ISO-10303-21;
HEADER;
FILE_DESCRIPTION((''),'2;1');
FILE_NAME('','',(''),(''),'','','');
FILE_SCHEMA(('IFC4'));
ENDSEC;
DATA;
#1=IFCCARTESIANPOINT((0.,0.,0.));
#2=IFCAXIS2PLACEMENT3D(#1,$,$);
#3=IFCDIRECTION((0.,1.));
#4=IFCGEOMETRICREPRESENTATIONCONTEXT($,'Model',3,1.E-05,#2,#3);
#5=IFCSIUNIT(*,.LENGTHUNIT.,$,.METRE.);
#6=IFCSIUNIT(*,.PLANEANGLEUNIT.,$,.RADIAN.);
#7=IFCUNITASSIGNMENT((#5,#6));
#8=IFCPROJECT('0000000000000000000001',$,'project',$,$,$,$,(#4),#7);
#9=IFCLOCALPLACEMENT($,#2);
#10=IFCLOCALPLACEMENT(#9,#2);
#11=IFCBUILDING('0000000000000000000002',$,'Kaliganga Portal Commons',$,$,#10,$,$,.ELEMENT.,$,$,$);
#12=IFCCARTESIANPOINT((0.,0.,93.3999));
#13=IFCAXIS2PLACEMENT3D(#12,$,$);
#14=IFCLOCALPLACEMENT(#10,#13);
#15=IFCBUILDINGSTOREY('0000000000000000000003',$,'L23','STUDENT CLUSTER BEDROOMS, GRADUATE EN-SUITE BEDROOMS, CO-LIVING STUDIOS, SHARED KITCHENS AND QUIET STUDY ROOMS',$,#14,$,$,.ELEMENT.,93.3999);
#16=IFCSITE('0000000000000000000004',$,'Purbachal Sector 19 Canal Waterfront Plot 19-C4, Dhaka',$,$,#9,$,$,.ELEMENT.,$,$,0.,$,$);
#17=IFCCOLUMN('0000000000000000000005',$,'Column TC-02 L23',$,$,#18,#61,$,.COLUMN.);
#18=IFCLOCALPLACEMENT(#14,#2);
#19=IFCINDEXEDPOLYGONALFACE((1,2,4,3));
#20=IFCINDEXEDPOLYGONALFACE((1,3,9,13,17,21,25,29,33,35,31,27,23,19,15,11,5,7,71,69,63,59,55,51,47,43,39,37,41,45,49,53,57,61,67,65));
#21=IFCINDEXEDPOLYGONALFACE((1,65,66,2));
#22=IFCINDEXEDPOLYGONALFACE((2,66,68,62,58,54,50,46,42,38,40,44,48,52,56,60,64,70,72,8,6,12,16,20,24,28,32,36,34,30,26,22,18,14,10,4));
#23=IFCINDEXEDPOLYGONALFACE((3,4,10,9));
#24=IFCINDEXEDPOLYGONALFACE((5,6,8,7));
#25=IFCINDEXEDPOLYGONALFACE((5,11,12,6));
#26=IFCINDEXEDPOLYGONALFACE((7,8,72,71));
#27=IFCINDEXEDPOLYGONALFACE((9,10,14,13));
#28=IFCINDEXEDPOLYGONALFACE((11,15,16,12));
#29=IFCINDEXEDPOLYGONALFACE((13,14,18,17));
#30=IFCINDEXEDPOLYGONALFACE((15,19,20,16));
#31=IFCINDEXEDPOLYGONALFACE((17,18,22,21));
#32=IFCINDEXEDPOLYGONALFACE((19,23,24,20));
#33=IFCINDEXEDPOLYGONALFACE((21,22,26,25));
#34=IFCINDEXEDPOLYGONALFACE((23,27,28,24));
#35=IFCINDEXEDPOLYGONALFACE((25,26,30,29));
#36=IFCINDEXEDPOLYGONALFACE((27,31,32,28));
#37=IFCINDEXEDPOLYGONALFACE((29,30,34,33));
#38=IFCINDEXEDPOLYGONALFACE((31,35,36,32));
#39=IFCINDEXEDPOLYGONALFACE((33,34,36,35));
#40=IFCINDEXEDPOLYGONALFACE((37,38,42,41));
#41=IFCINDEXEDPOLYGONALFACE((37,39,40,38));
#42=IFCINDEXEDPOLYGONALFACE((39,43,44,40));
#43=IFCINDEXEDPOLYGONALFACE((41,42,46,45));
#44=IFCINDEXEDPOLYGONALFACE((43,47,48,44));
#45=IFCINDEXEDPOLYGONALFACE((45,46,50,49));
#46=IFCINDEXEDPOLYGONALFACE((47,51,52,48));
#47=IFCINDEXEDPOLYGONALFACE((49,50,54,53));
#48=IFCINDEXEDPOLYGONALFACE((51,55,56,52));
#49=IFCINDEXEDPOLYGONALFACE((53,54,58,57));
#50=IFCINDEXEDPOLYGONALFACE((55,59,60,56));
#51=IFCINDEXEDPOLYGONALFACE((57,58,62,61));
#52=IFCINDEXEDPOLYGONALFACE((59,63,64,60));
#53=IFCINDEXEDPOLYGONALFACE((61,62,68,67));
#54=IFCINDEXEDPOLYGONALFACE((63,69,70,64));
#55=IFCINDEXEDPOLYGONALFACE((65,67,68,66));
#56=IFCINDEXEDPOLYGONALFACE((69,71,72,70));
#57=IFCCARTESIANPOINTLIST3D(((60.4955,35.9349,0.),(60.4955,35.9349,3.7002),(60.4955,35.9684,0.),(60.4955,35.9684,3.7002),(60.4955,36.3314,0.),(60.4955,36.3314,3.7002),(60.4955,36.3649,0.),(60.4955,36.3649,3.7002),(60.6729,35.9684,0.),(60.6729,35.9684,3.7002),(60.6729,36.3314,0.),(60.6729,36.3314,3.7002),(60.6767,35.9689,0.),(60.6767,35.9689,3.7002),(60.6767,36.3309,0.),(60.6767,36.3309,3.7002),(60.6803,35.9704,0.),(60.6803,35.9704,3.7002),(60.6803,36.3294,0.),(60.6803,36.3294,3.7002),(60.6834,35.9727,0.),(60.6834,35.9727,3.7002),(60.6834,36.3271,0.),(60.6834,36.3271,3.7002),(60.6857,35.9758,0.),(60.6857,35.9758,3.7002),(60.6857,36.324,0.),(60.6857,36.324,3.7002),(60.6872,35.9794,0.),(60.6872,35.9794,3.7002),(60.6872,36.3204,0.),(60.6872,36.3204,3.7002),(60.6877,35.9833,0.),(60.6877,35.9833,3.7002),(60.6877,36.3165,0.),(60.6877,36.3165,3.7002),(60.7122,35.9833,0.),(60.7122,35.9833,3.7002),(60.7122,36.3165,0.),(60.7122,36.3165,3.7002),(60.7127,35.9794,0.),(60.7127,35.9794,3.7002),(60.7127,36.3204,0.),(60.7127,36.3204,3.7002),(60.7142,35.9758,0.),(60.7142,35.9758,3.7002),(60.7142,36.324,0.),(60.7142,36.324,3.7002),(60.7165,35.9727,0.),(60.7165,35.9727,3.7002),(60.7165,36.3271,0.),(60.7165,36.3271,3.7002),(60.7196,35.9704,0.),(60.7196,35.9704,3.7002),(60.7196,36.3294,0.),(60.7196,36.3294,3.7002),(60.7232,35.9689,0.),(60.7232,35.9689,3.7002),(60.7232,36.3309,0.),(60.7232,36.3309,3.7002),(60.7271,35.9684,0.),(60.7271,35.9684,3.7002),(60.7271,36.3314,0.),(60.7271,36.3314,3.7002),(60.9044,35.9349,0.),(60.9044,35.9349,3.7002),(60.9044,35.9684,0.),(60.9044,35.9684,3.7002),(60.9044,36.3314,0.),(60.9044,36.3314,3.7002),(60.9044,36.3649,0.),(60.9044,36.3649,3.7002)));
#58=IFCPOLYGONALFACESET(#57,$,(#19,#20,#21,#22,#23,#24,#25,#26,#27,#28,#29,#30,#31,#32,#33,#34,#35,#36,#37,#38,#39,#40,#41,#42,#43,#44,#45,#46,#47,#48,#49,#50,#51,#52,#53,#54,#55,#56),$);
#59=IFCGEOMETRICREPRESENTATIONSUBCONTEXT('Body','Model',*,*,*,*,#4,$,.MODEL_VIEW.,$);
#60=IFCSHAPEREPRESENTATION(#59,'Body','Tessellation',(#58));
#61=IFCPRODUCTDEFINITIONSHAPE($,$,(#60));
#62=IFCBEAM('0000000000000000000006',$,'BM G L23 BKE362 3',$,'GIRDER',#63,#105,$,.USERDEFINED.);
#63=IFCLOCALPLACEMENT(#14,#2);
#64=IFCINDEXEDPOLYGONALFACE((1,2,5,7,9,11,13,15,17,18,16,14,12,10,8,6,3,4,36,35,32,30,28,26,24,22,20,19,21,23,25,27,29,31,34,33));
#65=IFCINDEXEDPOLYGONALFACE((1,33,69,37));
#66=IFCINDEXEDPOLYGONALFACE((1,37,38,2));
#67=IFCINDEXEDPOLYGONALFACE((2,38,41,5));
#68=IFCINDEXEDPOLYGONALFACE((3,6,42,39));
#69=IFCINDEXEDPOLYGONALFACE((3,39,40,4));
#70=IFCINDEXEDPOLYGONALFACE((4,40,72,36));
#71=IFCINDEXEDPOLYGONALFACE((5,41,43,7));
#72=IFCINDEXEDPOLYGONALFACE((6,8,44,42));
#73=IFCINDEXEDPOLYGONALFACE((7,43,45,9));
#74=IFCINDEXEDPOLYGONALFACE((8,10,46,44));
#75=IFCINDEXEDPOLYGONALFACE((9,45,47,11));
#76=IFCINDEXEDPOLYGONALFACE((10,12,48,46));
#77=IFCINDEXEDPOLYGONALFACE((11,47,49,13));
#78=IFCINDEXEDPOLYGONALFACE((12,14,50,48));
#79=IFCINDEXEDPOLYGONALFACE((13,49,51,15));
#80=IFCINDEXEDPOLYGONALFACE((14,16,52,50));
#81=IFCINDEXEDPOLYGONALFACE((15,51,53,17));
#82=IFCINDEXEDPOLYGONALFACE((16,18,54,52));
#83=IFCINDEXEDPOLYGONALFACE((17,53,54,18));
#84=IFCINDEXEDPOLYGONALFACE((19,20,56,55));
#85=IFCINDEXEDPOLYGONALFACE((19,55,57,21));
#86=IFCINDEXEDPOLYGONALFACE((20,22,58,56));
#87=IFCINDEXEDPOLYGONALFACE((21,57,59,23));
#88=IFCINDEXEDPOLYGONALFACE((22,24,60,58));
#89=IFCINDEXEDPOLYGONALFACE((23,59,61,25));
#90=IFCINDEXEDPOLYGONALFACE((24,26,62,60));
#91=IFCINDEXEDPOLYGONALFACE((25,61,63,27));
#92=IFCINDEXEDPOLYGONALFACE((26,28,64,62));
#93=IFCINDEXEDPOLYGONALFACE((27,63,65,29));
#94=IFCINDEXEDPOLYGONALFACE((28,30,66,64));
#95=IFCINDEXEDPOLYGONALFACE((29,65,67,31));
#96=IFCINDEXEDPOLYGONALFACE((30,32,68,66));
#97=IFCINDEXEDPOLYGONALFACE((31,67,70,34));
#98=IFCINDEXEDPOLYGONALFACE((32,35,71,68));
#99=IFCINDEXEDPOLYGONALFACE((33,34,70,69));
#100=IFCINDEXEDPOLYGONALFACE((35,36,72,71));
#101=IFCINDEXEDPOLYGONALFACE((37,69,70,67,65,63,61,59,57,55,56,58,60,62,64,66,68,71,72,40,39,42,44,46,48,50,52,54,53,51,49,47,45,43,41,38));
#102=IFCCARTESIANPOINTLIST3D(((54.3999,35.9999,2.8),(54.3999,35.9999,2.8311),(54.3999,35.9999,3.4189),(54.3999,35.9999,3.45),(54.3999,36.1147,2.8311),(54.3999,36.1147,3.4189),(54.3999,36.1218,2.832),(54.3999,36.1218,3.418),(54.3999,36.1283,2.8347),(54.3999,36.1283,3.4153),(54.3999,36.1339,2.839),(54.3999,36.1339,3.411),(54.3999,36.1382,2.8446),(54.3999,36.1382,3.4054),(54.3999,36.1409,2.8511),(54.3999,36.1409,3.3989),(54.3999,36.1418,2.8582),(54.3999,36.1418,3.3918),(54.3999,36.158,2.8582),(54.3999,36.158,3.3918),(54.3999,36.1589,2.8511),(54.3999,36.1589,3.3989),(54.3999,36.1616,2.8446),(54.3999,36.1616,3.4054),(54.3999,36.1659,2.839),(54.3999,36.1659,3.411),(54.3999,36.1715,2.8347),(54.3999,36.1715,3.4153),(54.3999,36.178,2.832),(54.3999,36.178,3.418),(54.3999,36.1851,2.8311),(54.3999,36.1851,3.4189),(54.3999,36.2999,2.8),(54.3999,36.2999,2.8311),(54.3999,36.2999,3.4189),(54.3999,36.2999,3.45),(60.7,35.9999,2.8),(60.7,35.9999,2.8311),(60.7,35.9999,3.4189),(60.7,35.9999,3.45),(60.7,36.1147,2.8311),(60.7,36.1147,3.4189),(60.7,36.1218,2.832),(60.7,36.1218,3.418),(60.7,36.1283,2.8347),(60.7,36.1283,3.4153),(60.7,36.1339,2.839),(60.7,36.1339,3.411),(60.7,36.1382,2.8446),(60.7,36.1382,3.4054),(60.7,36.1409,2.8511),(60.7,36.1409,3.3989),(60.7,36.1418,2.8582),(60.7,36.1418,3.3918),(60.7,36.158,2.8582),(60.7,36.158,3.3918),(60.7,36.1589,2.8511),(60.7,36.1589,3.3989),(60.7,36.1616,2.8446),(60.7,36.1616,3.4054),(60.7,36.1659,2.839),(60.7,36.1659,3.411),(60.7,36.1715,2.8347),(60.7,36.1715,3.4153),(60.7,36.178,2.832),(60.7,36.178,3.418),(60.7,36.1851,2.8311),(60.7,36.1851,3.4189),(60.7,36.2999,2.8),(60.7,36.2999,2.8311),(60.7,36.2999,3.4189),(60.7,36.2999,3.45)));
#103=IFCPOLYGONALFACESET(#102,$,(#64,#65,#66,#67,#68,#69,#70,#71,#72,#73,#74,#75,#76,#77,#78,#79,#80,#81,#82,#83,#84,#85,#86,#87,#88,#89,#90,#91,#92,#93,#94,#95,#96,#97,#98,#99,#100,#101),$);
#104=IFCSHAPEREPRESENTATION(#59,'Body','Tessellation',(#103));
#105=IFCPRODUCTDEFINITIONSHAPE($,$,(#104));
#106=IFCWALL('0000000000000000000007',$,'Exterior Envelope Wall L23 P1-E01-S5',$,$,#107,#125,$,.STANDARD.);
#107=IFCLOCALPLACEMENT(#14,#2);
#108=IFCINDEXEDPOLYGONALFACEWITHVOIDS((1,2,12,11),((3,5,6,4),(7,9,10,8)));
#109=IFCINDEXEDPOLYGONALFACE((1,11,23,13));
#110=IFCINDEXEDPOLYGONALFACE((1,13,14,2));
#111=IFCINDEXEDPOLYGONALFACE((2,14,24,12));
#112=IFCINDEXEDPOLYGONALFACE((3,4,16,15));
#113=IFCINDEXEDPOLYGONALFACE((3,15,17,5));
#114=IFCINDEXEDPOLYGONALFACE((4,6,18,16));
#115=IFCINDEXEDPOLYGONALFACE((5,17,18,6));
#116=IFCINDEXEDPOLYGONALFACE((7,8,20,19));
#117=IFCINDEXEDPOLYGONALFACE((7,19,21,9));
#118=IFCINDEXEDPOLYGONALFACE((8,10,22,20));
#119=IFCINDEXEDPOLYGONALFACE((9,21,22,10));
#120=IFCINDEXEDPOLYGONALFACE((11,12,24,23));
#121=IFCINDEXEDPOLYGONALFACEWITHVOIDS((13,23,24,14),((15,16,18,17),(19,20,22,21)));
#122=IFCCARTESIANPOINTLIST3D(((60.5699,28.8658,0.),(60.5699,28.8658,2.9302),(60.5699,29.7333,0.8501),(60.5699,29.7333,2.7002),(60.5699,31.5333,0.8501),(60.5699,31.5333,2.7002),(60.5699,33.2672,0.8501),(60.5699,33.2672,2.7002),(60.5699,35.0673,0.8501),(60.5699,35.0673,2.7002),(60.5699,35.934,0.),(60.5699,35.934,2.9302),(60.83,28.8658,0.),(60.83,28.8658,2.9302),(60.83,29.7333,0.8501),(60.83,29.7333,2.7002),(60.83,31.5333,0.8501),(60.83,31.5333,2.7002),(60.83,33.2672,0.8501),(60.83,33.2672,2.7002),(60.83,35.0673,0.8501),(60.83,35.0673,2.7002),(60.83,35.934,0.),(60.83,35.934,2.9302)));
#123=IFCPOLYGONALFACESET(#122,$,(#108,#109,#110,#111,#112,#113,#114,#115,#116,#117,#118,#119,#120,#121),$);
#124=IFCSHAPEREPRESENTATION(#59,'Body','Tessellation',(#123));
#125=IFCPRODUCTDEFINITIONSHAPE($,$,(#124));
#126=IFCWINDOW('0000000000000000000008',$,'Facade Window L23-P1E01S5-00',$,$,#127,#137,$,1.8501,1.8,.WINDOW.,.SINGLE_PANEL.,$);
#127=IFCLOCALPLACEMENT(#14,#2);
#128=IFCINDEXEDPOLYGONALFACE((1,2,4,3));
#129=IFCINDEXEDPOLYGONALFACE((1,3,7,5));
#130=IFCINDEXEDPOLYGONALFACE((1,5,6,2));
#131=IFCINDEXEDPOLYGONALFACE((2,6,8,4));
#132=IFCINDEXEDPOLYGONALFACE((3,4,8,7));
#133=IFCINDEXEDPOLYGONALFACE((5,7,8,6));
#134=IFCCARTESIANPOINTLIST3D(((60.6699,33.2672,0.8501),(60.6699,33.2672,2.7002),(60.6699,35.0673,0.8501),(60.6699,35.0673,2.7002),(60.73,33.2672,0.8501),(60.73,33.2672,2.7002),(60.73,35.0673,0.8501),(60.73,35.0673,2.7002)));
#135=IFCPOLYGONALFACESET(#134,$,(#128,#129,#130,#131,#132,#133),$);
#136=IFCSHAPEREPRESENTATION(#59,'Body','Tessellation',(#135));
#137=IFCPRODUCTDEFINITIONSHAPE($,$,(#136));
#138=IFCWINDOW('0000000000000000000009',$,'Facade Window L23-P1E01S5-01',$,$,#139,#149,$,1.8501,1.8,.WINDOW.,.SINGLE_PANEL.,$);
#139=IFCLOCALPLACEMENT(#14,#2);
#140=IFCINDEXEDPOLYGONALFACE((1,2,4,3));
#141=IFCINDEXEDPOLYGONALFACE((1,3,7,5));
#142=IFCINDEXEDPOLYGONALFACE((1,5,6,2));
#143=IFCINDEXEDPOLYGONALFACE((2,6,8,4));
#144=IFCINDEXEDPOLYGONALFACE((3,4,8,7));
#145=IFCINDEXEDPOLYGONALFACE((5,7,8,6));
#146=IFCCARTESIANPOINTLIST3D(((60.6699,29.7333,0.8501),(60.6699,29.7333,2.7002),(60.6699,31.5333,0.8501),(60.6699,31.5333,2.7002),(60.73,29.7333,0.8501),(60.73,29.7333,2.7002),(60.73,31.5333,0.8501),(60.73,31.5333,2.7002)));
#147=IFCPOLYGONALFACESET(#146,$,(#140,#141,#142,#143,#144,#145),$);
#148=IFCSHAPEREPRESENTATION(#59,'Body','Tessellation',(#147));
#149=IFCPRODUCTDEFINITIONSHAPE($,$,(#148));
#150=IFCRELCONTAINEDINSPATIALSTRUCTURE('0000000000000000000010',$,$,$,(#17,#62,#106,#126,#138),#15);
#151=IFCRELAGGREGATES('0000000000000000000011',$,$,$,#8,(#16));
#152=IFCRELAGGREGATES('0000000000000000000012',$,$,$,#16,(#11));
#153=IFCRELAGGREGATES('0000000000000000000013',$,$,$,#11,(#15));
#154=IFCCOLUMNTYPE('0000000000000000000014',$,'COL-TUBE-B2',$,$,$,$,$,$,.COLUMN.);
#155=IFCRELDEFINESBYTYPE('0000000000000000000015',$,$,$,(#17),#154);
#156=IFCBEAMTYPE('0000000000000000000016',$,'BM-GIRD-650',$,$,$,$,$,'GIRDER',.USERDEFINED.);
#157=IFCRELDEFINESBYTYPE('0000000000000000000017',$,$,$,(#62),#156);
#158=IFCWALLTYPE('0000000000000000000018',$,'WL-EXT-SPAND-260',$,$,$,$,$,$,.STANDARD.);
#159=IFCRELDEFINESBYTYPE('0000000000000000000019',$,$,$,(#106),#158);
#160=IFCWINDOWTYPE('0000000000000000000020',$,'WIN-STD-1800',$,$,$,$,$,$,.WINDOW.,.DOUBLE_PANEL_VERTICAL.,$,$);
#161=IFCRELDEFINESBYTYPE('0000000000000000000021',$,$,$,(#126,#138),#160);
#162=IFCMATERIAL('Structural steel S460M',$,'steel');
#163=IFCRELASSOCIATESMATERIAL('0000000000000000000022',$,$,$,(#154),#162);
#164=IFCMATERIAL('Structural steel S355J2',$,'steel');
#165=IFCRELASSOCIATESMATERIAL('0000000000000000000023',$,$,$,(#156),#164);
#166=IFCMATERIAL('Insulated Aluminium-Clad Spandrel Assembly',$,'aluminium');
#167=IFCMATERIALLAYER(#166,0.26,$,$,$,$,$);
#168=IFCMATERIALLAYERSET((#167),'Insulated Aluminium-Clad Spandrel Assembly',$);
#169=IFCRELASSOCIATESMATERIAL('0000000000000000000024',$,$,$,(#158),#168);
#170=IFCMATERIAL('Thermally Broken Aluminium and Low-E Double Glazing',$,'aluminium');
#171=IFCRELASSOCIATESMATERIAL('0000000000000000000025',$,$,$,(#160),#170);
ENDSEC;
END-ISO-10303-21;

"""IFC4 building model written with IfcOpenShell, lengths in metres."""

from ifc_helpers import new_model, si_unit, direction, frame, frame_2d, origin, origin_2d, place, context, subcontext, project, spatial, rectangle, i_section, extrude, source, transform, mapped, material, layer, layer_set, material_profile, profile_set, type_object, element, fill, save


model = new_model("IFC4")

# Units and contexts
model_context = context("Model", 3, precision=1e-05, world=origin(), true_north=direction((0.0, 1.0)))
body_context = subcontext(model_context, "Body", "Model", "MODEL_VIEW")
ifc_project = project(units=[si_unit("LENGTHUNIT", "METRE"), si_unit("PLANEANGLEUNIT", "RADIAN")], contexts=[model_context])

# Site, building, storey
site_placement = place(None, origin())
site = spatial("IfcSite", under=ifc_project, at=site_placement, Name="Purbachal Sector 19 Canal Waterfront Plot 19-C4, Dhaka", CompositionType="ELEMENT", RefElevation=0.0)
building_placement = place(site_placement, origin())
building = spatial("IfcBuilding", under=site, at=building_placement, Name="Kaliganga Portal Commons", CompositionType="ELEMENT")
storey_placement = place(building_placement, frame((0.0, 0.0, 93.3999)))
storey = spatial("IfcBuildingStorey", under=building, at=storey_placement, Name="L23", Description="STUDENT CLUSTER BEDROOMS, GRADUATE EN-SUITE BEDROOMS, CO-LIVING STUDIOS, SHARED KITCHENS AND QUIET STUDY ROOMS", CompositionType="ELEMENT", Elevation=93.3999)

# Column
ifc_material_1 = material(Name="Structural steel S460M", Category="steel")
ifc_material_profile_1 = material_profile(ifc_material_1, i_section(OverallWidth=0.4089, OverallDepth=0.4299, WebThickness=0.0244, FlangeThickness=0.0334, FilletRadius=0.0149, at=origin_2d()), Name="HD 400x421")
ifc_profile_set_1 = profile_set([ifc_material_profile_1], Name="Structural steel S460M wide-flange")
column_type = type_object("IfcColumnType", Name="COL-TUBE-B2", PredefinedType="COLUMN", material=ifc_profile_set_1)
shared_shape_1 = source(origin(), body_context, "Body", "SweptSolid", [
    extrude(i_section(OverallWidth=0.4089, OverallDepth=0.4299, WebThickness=0.0244, FlangeThickness=0.0334, FilletRadius=0.0149, at=origin_2d()), origin(), (0.0, 0.0, 1.0), 3.7002),
])
column_placement = place(storey_placement, frame((60.7, 36.1499, 0.0), z_axis=(0.0, 0.0, 1.0), x_axis=(1.0, 0.0, 0.0)))
element("IfcColumn", 1, at=column_placement, inside=storey, type_object=column_type, Name="Column TC-02 L23", PredefinedType="COLUMN", context=body_context, shape_type="MappedRepresentation", body=[
    mapped(shared_shape_1, transform((0.0, 0.0, 0.0), x_axis=(1.0, 0.0, 0.0), y_axis=(0.0, 1.0, 0.0), z_axis=(0.0, 0.0, 1.0), scale=1.0)),
])

# Beam
ifc_material_2 = material(Name="Structural steel S355J2", Category="steel")
ifc_material_profile_2 = material_profile(ifc_material_2, i_section(OverallWidth=0.3, OverallDepth=0.6499, WebThickness=0.0161, FlangeThickness=0.031, FilletRadius=0.0271, at=origin_2d()), Name="HE 650 B")
ifc_profile_set_2 = profile_set([ifc_material_profile_2], Name="Structural steel S355J2 wide-flange")
beam_type = type_object("IfcBeamType", Name="BM-GIRD-650", ElementType="GIRDER", PredefinedType="USERDEFINED", material=ifc_profile_set_2)
shared_shape_2 = source(origin(), body_context, "Body", "SweptSolid", [
    extrude(i_section(OverallWidth=0.3, OverallDepth=0.6499, WebThickness=0.0161, FlangeThickness=0.031, FilletRadius=0.0271, at=origin_2d()), origin(), (0.0, 0.0, 1.0), 6.3),
])
beam_placement = place(storey_placement, frame((54.3999, 36.1499, 3.125), z_axis=(1.0, 0.0, 0.0), x_axis=(0.0, 1.0, 0.0)))
element("IfcBeam", 2, at=beam_placement, inside=storey, type_object=beam_type, Name="BM G L23 BKE362 3", ObjectType="GIRDER", PredefinedType="USERDEFINED", context=body_context, shape_type="MappedRepresentation", body=[
    mapped(shared_shape_2, transform((0.0, 0.0, 0.0), x_axis=(1.0, 0.0, 0.0), y_axis=(0.0, 1.0, 0.0), z_axis=(0.0, 0.0, 1.0), scale=1.0)),
])

# Wall, openings, windows
ifc_material_3 = material(Name="Insulated Aluminium-Clad Spandrel Assembly", Category="aluminium")
ifc_layer_1 = layer(ifc_material_3, 0.26)
ifc_layer_set_1 = layer_set([ifc_layer_1], Name="Insulated Aluminium-Clad Spandrel Assembly")
wall_type_1 = type_object("IfcWallType", Name="WL-EXT-SPAND-260", PredefinedType="STANDARD", material=ifc_layer_set_1)
wall_1_placement = place(storey_placement, frame((60.7, 35.9341, 0.0), z_axis=(0.0, 0.0, 1.0), x_axis=(0.0, -1.0, 0.0)))
wall_1 = element("IfcWall", 3, at=wall_1_placement, inside=storey, type_object=wall_type_1, Name="Exterior Envelope Wall L23 P1-E01-S5", PredefinedType="STANDARD", context=body_context, shape_type="SweptSolid", body=[
    extrude(rectangle(XDim=7.0681, YDim=0.26, at=frame_2d((3.5342, 0.0))), origin(), (0.0, 0.0, 1.0), 2.9302),
])
opening_1_placement = place(wall_1_placement, frame((0.8669, 0.0, 0.8501)))
opening_1 = element("IfcOpeningElement", 4, at=opening_1_placement, cuts=wall_1, PredefinedType="OPENING", context=body_context, shape_type="SweptSolid", body=[
    extrude(rectangle(XDim=1.8, YDim=1.8501, at=frame_2d((0.8999, 0.925))), frame((0.0, 0.1401, 0.0), z_axis=(0.0, -1.0, 0.0), x_axis=(1.0, 0.0, 0.0)), (0.0, 0.0, 1.0), 0.28),
])
opening_2_placement = place(wall_1_placement, frame((4.4009, 0.0, 0.8501)))
opening_2 = element("IfcOpeningElement", 5, at=opening_2_placement, cuts=wall_1, PredefinedType="OPENING", context=body_context, shape_type="SweptSolid", body=[
    extrude(rectangle(XDim=1.8, YDim=1.8501, at=frame_2d((0.8999, 0.925))), frame((0.0, 0.1401, 0.0), z_axis=(0.0, -1.0, 0.0), x_axis=(1.0, 0.0, 0.0)), (0.0, 0.0, 1.0), 0.28),
])
ifc_material_4 = material(Name="Thermally Broken Aluminium and Low-E Double Glazing", Category="aluminium")
window_type_1 = type_object("IfcWindowType", Name="WIN-STD-1800", PartitioningType="DOUBLE_PANEL_VERTICAL", PredefinedType="WINDOW", material=ifc_material_4)
window_1_placement = place(opening_1_placement, origin())
window_1 = element("IfcWindow", 6, at=window_1_placement, inside=storey, type_object=window_type_1, Name="Facade Window L23-P1E01S5-00", OverallHeight=1.8501, OverallWidth=1.8, PartitioningType="SINGLE_PANEL", PredefinedType="WINDOW", context=body_context, shape_type="SweptSolid", body=[
    extrude(rectangle(XDim=1.8, YDim=1.8501, at=frame_2d((0.8999, 0.925))), frame((0.0, 0.03, 0.0), z_axis=(0.0, -1.0, 0.0), x_axis=(1.0, 0.0, 0.0)), (0.0, 0.0, 1.0), 0.0601),
])
fill(opening_1, window_1)
window_2_placement = place(opening_2_placement, origin())
window_2 = element("IfcWindow", 7, at=window_2_placement, inside=storey, type_object=window_type_1, Name="Facade Window L23-P1E01S5-01", OverallHeight=1.8501, OverallWidth=1.8, PartitioningType="SINGLE_PANEL", PredefinedType="WINDOW", context=body_context, shape_type="SweptSolid", body=[
    extrude(rectangle(XDim=1.8, YDim=1.8501, at=frame_2d((0.8999, 0.925))), frame((0.0, 0.03, 0.0), z_axis=(0.0, -1.0, 0.0), x_axis=(1.0, 0.0, 0.0)), (0.0, 0.0, 1.0), 0.0601),
])
fill(opening_2, window_2)

save(model, "model.ifc")
